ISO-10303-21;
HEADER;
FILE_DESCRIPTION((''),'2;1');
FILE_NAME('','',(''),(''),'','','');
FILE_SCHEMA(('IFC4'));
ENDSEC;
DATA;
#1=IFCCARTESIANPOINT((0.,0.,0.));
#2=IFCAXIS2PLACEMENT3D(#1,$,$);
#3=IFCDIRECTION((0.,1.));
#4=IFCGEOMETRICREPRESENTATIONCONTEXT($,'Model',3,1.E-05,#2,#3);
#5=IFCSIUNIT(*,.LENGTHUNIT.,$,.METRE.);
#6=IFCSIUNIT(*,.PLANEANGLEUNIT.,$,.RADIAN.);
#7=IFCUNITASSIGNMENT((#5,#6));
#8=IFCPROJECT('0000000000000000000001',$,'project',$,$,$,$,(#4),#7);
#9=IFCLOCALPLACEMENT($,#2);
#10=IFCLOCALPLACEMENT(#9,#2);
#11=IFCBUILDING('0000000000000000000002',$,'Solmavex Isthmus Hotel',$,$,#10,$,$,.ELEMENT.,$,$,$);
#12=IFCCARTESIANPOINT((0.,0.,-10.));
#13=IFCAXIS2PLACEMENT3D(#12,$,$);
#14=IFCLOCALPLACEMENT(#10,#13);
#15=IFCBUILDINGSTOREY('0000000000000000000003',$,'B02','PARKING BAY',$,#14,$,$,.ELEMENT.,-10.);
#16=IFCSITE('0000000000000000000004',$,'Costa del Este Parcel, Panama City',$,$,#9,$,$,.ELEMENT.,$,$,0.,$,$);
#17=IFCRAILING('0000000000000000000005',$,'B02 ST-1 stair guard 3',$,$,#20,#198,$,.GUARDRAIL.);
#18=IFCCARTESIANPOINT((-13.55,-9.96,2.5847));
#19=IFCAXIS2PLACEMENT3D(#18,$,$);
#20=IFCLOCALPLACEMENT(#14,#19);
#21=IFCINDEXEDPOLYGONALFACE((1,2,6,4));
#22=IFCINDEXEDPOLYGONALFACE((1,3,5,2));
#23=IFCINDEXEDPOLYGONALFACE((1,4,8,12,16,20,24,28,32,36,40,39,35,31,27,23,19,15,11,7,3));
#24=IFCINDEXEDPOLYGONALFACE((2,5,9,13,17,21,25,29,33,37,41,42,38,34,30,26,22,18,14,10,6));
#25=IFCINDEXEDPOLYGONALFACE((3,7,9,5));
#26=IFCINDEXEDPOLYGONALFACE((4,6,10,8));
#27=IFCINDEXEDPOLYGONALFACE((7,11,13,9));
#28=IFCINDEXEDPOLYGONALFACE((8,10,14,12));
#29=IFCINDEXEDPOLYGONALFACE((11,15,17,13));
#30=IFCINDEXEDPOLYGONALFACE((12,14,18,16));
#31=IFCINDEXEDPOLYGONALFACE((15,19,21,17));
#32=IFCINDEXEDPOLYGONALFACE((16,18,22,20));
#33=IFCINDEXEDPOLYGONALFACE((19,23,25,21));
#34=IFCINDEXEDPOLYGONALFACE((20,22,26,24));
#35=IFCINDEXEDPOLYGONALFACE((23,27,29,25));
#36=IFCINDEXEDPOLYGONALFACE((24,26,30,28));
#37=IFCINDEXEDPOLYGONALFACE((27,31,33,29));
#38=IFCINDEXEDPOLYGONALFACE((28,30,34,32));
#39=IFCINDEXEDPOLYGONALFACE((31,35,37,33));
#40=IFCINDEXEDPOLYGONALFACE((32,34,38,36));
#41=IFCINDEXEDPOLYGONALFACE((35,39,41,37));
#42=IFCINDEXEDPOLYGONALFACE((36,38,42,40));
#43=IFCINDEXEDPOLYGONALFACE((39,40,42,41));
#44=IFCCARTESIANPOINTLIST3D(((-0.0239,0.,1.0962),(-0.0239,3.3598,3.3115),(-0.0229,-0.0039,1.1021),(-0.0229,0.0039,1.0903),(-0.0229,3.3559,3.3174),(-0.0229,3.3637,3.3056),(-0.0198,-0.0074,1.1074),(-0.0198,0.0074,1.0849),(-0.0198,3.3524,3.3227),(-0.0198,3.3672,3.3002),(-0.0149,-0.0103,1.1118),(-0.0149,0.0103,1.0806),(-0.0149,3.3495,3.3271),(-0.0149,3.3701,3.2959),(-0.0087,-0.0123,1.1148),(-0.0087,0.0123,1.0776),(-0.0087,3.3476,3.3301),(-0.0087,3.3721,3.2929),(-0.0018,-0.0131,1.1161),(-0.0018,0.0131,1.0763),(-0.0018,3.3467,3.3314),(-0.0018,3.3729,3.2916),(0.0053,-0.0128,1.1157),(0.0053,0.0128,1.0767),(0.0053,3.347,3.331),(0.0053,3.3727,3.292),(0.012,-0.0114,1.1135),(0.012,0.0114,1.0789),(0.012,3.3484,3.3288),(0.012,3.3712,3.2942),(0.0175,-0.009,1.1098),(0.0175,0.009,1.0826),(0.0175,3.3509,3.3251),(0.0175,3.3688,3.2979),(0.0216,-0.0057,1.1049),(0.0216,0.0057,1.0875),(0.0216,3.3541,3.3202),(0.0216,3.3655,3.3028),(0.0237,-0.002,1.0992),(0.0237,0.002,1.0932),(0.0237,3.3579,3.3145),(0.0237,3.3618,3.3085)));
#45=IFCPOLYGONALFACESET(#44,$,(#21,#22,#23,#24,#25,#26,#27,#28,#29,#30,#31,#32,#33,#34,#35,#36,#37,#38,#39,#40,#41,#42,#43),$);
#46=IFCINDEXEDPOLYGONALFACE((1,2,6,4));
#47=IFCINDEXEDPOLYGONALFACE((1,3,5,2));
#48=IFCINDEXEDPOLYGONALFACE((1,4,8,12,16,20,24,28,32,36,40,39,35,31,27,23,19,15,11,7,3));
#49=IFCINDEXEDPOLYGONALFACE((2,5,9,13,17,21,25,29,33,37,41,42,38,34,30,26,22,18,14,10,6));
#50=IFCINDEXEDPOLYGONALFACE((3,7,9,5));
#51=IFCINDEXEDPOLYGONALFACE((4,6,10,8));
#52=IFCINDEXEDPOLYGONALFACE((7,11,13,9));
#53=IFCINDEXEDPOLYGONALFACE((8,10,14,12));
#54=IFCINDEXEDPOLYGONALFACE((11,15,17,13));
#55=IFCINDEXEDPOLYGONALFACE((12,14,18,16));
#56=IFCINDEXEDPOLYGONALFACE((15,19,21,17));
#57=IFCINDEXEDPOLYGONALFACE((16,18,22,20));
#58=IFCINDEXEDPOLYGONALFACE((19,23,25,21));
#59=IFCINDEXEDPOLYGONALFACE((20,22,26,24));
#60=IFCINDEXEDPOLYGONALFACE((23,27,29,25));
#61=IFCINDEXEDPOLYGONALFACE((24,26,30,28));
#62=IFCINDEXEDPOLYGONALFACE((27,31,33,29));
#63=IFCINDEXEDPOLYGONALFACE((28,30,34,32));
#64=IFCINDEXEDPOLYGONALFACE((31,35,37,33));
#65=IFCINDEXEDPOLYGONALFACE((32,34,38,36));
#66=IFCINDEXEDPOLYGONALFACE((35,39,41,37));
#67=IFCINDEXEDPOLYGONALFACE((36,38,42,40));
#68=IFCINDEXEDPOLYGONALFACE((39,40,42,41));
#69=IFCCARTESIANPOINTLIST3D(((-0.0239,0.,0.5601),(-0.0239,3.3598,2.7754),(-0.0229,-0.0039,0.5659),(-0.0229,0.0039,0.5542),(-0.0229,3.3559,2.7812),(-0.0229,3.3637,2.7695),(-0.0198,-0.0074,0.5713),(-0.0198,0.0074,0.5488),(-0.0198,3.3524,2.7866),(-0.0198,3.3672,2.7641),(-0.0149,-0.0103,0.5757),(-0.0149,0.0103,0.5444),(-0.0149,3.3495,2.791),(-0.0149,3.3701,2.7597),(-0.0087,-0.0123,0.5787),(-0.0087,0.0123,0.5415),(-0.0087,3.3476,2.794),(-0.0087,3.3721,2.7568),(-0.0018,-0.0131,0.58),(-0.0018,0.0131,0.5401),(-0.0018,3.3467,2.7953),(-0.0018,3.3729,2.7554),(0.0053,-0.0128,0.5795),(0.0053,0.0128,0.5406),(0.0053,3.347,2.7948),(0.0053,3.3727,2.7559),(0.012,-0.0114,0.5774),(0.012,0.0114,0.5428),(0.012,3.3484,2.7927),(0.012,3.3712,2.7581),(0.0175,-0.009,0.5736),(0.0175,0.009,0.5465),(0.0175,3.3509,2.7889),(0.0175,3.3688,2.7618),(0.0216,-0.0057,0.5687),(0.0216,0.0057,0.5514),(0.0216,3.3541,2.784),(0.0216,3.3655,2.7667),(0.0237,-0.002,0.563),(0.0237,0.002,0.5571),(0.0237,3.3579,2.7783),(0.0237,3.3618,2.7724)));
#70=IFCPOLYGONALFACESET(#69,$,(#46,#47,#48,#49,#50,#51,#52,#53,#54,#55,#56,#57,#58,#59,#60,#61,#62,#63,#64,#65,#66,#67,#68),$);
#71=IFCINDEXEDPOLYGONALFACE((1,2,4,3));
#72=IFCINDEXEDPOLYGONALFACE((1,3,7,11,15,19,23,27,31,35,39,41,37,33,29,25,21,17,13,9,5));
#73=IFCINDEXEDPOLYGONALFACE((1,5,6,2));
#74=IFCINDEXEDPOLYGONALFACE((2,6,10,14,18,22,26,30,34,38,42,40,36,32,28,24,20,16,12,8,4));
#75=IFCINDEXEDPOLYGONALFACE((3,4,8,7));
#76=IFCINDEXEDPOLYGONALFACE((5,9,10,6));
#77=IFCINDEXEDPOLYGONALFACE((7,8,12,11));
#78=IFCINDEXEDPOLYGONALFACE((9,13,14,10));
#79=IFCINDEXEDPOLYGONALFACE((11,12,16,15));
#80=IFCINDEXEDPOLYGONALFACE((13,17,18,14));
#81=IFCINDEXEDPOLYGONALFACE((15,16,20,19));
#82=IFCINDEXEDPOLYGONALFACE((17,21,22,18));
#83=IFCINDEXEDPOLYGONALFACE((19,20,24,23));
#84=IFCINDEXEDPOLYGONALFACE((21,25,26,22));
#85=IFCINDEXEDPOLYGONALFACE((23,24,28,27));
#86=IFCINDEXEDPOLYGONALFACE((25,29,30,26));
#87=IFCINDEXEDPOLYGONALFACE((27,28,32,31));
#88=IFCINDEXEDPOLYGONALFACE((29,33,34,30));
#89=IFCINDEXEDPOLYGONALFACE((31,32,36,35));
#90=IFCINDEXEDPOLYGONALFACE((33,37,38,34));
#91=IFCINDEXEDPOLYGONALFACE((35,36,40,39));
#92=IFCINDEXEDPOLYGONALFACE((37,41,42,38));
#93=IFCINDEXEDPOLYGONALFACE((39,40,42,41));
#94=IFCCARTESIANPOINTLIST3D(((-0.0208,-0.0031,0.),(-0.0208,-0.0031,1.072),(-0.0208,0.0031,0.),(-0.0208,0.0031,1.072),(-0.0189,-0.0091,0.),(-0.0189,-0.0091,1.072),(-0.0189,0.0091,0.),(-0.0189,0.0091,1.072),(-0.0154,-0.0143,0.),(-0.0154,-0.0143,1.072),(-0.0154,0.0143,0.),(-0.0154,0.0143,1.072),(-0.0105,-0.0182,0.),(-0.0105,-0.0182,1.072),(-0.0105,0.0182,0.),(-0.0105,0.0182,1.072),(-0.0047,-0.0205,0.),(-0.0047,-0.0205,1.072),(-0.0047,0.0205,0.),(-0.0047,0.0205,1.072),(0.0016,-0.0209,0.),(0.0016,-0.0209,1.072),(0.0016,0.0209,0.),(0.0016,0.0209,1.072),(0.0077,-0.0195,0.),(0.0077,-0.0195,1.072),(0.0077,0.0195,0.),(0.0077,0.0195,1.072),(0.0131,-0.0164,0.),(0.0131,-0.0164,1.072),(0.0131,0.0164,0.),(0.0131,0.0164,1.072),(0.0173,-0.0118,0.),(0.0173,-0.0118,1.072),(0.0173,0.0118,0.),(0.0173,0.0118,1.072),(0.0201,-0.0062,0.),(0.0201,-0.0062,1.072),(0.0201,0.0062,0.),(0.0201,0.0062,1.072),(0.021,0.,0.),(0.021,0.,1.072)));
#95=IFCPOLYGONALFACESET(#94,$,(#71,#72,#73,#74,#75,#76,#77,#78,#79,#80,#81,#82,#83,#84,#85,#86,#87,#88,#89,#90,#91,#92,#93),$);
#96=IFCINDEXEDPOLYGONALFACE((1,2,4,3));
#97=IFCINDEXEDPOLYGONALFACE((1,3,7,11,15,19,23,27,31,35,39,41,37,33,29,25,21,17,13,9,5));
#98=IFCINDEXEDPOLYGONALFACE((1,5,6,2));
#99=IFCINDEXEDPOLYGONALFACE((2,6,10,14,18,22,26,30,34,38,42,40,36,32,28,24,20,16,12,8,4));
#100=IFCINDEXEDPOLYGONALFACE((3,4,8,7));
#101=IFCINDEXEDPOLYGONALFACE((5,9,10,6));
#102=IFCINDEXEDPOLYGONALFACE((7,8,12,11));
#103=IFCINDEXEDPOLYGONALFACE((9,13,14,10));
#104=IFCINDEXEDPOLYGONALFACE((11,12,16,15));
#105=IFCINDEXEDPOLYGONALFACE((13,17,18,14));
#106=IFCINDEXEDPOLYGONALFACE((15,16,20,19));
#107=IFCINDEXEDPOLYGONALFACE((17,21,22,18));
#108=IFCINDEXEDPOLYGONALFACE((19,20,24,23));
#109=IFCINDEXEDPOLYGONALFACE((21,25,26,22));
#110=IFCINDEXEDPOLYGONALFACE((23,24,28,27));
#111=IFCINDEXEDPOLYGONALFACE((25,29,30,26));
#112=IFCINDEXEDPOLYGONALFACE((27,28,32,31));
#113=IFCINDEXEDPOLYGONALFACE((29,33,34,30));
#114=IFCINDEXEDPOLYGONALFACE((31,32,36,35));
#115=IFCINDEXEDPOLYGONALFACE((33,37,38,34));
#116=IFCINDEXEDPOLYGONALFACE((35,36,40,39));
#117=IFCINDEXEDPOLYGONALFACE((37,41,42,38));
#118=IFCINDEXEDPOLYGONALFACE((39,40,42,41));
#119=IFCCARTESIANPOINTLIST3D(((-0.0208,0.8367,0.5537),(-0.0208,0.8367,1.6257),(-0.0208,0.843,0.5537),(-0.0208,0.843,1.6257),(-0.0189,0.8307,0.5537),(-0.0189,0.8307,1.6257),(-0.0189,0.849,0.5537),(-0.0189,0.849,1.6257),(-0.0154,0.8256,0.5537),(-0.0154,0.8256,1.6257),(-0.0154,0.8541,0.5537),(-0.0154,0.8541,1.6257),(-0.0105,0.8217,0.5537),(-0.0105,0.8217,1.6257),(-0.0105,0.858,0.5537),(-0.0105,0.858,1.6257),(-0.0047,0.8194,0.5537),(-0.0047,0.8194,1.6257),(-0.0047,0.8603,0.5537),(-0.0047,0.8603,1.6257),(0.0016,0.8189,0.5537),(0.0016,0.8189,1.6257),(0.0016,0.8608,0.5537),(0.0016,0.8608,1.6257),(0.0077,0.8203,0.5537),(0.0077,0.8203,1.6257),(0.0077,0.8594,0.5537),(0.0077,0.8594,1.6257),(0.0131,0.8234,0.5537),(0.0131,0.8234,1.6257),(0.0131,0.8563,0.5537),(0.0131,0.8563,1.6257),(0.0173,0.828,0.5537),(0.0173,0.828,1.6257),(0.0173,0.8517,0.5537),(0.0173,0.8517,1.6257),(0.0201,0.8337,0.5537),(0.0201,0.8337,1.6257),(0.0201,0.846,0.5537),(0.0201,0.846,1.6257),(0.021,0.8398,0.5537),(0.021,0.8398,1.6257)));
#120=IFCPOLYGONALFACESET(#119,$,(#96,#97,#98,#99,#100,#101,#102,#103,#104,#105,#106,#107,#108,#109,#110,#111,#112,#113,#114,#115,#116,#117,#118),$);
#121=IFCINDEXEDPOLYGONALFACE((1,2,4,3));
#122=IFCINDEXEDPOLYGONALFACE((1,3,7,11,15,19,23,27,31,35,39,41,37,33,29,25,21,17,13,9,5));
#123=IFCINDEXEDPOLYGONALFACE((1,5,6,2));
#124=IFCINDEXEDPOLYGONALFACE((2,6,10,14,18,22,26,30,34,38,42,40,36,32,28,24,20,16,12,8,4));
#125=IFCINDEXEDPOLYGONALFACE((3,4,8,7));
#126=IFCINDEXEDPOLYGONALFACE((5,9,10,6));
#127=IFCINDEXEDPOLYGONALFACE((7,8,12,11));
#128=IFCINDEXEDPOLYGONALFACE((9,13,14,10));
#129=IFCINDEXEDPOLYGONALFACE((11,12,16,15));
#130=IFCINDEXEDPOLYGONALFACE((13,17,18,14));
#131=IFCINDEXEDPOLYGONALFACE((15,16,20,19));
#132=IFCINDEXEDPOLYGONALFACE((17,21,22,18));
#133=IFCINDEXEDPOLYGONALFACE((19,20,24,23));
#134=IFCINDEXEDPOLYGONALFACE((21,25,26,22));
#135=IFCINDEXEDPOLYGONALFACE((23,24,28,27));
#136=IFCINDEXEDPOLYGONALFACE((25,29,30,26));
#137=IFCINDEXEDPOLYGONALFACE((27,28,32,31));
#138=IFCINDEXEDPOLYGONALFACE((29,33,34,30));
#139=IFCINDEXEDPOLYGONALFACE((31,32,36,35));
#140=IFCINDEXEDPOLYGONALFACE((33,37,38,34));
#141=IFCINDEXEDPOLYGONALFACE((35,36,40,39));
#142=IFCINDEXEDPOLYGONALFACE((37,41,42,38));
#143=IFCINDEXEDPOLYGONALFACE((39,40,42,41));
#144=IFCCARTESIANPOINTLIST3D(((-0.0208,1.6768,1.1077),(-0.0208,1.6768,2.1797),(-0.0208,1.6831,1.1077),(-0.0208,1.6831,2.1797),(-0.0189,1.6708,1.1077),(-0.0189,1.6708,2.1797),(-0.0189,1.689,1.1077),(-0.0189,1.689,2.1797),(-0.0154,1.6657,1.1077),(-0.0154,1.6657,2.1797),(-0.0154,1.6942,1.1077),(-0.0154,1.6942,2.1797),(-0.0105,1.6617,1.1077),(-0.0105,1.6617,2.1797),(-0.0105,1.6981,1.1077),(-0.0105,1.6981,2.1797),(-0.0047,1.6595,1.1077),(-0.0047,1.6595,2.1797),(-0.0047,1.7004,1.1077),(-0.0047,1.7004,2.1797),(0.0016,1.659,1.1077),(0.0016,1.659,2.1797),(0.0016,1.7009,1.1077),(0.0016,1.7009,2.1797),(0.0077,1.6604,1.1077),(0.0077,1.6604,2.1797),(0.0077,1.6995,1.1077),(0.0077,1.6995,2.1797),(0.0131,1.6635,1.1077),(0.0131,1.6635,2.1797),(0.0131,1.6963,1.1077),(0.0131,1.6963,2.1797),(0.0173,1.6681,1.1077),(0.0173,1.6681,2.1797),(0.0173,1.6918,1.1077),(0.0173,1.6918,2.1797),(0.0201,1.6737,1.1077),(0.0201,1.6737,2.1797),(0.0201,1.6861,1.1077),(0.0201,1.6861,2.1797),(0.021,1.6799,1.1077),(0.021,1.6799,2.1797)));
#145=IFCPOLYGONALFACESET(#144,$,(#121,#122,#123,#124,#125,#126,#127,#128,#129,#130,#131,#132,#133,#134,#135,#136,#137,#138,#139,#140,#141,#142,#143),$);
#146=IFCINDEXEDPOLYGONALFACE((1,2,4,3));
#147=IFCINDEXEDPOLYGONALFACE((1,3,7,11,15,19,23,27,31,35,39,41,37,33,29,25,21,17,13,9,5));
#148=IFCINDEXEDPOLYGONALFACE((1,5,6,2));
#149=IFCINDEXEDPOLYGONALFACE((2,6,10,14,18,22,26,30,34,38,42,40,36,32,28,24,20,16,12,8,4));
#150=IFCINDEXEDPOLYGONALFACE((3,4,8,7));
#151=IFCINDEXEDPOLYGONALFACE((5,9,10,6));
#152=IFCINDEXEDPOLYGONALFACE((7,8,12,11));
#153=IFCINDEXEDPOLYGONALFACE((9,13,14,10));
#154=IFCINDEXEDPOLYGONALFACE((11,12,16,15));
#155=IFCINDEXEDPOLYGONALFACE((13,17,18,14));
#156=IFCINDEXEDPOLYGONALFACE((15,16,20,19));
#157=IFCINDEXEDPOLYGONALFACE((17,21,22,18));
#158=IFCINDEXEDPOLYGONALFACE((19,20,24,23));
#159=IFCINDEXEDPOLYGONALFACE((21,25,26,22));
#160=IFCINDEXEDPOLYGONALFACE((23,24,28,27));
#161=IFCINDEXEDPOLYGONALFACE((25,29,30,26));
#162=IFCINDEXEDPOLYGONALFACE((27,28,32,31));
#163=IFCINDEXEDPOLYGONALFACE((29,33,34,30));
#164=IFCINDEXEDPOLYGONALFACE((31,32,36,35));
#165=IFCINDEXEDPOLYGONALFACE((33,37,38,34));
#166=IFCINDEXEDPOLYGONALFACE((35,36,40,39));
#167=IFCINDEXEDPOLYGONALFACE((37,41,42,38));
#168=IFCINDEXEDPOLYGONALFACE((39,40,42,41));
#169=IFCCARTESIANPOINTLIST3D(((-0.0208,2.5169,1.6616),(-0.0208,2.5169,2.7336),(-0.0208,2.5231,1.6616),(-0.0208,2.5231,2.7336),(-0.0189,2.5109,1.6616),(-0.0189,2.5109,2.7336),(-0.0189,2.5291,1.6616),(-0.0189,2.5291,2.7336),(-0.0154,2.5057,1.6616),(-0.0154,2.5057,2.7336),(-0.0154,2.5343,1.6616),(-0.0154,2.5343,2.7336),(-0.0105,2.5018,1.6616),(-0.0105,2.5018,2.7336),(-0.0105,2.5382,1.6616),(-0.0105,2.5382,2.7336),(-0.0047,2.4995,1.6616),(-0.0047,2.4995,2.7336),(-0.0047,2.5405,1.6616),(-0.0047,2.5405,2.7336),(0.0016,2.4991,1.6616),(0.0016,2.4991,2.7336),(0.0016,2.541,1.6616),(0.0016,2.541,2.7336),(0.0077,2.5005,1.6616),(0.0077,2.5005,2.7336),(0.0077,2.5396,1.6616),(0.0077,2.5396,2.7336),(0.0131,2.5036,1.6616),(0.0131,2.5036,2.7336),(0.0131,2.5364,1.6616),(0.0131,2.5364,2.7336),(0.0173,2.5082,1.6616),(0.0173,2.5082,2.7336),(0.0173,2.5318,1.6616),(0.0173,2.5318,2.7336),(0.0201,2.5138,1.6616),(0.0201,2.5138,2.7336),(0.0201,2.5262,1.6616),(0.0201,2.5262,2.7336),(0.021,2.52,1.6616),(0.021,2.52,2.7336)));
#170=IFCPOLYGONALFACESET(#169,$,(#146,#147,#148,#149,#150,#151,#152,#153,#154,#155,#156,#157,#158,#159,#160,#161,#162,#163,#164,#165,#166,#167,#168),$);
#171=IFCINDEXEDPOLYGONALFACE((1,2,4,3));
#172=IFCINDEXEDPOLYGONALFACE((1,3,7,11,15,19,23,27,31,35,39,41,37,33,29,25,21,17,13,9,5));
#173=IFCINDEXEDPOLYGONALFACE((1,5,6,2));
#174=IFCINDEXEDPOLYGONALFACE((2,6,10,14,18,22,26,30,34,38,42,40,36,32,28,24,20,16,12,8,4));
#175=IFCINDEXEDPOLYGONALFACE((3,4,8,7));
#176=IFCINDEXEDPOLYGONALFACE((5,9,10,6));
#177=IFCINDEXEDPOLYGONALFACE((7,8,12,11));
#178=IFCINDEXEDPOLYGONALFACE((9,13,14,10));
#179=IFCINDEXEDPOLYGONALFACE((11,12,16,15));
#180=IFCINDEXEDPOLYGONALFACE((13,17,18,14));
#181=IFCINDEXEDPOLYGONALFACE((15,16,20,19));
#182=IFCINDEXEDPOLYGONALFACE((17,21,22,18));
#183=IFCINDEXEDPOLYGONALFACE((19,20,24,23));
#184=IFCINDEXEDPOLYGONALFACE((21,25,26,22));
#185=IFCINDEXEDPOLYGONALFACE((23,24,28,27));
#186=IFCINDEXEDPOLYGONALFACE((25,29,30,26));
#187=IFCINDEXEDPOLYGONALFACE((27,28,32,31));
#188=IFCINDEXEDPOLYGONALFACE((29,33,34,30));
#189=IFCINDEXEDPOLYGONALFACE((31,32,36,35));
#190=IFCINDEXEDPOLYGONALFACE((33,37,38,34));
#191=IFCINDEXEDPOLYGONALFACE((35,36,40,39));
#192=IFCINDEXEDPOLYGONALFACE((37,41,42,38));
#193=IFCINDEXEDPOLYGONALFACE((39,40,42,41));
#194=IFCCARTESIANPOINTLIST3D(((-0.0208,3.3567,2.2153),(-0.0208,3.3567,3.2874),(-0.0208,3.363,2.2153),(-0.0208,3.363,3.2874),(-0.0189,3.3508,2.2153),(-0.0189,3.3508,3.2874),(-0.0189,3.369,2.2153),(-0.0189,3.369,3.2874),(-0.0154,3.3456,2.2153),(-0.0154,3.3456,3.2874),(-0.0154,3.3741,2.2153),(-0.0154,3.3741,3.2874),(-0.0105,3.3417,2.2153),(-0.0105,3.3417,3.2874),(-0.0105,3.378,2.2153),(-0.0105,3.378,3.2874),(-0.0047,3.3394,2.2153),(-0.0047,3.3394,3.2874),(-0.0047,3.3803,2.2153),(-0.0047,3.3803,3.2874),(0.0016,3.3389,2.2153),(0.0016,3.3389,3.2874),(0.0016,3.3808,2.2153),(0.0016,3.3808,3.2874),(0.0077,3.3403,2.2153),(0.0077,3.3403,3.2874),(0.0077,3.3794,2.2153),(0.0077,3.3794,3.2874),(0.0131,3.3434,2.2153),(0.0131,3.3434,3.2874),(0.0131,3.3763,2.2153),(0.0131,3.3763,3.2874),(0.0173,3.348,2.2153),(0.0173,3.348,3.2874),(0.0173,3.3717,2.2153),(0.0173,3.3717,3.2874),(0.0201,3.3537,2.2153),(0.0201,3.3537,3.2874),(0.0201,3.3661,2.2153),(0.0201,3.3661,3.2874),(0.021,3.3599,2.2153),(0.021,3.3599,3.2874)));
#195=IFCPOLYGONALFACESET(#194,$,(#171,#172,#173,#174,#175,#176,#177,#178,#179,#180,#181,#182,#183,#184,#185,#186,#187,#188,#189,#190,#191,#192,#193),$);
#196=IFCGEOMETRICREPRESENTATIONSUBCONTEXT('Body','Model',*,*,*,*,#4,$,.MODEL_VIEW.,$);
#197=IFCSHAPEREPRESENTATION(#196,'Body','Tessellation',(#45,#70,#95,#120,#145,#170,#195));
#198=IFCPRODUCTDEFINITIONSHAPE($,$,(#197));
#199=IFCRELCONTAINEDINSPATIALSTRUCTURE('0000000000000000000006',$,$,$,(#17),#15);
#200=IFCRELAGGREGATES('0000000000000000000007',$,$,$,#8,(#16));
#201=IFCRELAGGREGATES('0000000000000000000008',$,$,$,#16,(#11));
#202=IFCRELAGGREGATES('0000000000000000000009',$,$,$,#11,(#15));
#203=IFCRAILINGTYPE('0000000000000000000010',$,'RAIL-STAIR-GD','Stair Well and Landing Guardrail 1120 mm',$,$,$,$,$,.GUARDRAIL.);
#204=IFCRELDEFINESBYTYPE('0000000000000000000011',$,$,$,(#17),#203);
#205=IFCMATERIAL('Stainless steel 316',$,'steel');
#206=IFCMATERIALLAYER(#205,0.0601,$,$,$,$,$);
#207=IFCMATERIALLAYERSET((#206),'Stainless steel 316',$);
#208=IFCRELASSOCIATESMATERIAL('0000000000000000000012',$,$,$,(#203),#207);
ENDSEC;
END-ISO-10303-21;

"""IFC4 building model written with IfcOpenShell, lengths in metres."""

from ifc_helpers import new_model, si_unit, direction, frame, origin, origin_2d, place, context, subcontext, project, spatial, circle, extrude, material, layer, layer_set, type_object, element, save


model = new_model("IFC4")

# Units and contexts
model_context = context("Model", 3, precision=1e-05, world=origin(), true_north=direction((0.0, 1.0)))
body_context = subcontext(model_context, "Body", "Model", "MODEL_VIEW")
ifc_project = project(units=[si_unit("LENGTHUNIT", "METRE"), si_unit("PLANEANGLEUNIT", "RADIAN")], contexts=[model_context])

# Site, building, storey
site_placement = place(None, origin())
site = spatial("IfcSite", under=ifc_project, at=site_placement, Name="Costa del Este Parcel, Panama City", CompositionType="ELEMENT", RefElevation=0.0)
building_placement = place(site_placement, origin())
building = spatial("IfcBuilding", under=site, at=building_placement, Name="Solmavex Isthmus Hotel", CompositionType="ELEMENT")
storey_placement = place(building_placement, frame((0.0, 0.0, -10.0)))
storey = spatial("IfcBuildingStorey", under=building, at=storey_placement, Name="B02", Description="PARKING BAY", CompositionType="ELEMENT", Elevation=-10.0)

# Shared definitions
ifc_material_1 = material(Name="Stainless steel 316", Category="steel")

# Railing
ifc_layer_1 = layer(ifc_material_1, 0.0601)
ifc_layer_set_1 = layer_set([ifc_layer_1], Name="Stainless steel 316")
railing_type_1 = type_object("IfcRailingType", Name="RAIL-STAIR-GD", Description="Stair Well and Landing Guardrail 1120 mm", PredefinedType="GUARDRAIL", material=ifc_layer_set_1)
railing_1_placement = place(storey_placement, frame((-13.55, -9.96, 2.5847)))
element("IfcRailing", 1, at=railing_1_placement, inside=storey, type_object=railing_type_1, Name="B02 ST-1 stair guard 3", PredefinedType="GUARDRAIL", context=body_context, shape_type="SweptSolid", body=[
    extrude(circle(Radius=0.0239, at=origin_2d()), frame((0.0, 0.0, 1.0962), z_axis=(0.0, 0.834858, 0.550465), x_axis=(-1.0, 0.0, 0.0)), (0.0, 0.0, 1.0), 4.0244),
    extrude(circle(Radius=0.0239, at=origin_2d()), frame((0.0, 0.0, 0.5601), z_axis=(0.0, 0.834858, 0.550465), x_axis=(-1.0, 0.0, 0.0)), (0.0, 0.0, 1.0), 4.0244),
    extrude(circle(Radius=0.021, at=origin_2d()), origin(), (0.0, 0.0, 1.0), 1.072),
    extrude(circle(Radius=0.021, at=origin_2d()), frame((0.0, 0.8398, 0.5537)), (0.0, 0.0, 1.0), 1.072),
    extrude(circle(Radius=0.021, at=origin_2d()), frame((0.0, 1.6799, 1.1077)), (0.0, 0.0, 1.0), 1.072),
    extrude(circle(Radius=0.021, at=origin_2d()), frame((0.0, 2.52, 1.6616)), (0.0, 0.0, 1.0), 1.072),
    extrude(circle(Radius=0.021, at=origin_2d()), frame((0.0, 3.3599, 2.2153)), (0.0, 0.0, 1.0), 1.072),
])

save(model, "model.ifc")
